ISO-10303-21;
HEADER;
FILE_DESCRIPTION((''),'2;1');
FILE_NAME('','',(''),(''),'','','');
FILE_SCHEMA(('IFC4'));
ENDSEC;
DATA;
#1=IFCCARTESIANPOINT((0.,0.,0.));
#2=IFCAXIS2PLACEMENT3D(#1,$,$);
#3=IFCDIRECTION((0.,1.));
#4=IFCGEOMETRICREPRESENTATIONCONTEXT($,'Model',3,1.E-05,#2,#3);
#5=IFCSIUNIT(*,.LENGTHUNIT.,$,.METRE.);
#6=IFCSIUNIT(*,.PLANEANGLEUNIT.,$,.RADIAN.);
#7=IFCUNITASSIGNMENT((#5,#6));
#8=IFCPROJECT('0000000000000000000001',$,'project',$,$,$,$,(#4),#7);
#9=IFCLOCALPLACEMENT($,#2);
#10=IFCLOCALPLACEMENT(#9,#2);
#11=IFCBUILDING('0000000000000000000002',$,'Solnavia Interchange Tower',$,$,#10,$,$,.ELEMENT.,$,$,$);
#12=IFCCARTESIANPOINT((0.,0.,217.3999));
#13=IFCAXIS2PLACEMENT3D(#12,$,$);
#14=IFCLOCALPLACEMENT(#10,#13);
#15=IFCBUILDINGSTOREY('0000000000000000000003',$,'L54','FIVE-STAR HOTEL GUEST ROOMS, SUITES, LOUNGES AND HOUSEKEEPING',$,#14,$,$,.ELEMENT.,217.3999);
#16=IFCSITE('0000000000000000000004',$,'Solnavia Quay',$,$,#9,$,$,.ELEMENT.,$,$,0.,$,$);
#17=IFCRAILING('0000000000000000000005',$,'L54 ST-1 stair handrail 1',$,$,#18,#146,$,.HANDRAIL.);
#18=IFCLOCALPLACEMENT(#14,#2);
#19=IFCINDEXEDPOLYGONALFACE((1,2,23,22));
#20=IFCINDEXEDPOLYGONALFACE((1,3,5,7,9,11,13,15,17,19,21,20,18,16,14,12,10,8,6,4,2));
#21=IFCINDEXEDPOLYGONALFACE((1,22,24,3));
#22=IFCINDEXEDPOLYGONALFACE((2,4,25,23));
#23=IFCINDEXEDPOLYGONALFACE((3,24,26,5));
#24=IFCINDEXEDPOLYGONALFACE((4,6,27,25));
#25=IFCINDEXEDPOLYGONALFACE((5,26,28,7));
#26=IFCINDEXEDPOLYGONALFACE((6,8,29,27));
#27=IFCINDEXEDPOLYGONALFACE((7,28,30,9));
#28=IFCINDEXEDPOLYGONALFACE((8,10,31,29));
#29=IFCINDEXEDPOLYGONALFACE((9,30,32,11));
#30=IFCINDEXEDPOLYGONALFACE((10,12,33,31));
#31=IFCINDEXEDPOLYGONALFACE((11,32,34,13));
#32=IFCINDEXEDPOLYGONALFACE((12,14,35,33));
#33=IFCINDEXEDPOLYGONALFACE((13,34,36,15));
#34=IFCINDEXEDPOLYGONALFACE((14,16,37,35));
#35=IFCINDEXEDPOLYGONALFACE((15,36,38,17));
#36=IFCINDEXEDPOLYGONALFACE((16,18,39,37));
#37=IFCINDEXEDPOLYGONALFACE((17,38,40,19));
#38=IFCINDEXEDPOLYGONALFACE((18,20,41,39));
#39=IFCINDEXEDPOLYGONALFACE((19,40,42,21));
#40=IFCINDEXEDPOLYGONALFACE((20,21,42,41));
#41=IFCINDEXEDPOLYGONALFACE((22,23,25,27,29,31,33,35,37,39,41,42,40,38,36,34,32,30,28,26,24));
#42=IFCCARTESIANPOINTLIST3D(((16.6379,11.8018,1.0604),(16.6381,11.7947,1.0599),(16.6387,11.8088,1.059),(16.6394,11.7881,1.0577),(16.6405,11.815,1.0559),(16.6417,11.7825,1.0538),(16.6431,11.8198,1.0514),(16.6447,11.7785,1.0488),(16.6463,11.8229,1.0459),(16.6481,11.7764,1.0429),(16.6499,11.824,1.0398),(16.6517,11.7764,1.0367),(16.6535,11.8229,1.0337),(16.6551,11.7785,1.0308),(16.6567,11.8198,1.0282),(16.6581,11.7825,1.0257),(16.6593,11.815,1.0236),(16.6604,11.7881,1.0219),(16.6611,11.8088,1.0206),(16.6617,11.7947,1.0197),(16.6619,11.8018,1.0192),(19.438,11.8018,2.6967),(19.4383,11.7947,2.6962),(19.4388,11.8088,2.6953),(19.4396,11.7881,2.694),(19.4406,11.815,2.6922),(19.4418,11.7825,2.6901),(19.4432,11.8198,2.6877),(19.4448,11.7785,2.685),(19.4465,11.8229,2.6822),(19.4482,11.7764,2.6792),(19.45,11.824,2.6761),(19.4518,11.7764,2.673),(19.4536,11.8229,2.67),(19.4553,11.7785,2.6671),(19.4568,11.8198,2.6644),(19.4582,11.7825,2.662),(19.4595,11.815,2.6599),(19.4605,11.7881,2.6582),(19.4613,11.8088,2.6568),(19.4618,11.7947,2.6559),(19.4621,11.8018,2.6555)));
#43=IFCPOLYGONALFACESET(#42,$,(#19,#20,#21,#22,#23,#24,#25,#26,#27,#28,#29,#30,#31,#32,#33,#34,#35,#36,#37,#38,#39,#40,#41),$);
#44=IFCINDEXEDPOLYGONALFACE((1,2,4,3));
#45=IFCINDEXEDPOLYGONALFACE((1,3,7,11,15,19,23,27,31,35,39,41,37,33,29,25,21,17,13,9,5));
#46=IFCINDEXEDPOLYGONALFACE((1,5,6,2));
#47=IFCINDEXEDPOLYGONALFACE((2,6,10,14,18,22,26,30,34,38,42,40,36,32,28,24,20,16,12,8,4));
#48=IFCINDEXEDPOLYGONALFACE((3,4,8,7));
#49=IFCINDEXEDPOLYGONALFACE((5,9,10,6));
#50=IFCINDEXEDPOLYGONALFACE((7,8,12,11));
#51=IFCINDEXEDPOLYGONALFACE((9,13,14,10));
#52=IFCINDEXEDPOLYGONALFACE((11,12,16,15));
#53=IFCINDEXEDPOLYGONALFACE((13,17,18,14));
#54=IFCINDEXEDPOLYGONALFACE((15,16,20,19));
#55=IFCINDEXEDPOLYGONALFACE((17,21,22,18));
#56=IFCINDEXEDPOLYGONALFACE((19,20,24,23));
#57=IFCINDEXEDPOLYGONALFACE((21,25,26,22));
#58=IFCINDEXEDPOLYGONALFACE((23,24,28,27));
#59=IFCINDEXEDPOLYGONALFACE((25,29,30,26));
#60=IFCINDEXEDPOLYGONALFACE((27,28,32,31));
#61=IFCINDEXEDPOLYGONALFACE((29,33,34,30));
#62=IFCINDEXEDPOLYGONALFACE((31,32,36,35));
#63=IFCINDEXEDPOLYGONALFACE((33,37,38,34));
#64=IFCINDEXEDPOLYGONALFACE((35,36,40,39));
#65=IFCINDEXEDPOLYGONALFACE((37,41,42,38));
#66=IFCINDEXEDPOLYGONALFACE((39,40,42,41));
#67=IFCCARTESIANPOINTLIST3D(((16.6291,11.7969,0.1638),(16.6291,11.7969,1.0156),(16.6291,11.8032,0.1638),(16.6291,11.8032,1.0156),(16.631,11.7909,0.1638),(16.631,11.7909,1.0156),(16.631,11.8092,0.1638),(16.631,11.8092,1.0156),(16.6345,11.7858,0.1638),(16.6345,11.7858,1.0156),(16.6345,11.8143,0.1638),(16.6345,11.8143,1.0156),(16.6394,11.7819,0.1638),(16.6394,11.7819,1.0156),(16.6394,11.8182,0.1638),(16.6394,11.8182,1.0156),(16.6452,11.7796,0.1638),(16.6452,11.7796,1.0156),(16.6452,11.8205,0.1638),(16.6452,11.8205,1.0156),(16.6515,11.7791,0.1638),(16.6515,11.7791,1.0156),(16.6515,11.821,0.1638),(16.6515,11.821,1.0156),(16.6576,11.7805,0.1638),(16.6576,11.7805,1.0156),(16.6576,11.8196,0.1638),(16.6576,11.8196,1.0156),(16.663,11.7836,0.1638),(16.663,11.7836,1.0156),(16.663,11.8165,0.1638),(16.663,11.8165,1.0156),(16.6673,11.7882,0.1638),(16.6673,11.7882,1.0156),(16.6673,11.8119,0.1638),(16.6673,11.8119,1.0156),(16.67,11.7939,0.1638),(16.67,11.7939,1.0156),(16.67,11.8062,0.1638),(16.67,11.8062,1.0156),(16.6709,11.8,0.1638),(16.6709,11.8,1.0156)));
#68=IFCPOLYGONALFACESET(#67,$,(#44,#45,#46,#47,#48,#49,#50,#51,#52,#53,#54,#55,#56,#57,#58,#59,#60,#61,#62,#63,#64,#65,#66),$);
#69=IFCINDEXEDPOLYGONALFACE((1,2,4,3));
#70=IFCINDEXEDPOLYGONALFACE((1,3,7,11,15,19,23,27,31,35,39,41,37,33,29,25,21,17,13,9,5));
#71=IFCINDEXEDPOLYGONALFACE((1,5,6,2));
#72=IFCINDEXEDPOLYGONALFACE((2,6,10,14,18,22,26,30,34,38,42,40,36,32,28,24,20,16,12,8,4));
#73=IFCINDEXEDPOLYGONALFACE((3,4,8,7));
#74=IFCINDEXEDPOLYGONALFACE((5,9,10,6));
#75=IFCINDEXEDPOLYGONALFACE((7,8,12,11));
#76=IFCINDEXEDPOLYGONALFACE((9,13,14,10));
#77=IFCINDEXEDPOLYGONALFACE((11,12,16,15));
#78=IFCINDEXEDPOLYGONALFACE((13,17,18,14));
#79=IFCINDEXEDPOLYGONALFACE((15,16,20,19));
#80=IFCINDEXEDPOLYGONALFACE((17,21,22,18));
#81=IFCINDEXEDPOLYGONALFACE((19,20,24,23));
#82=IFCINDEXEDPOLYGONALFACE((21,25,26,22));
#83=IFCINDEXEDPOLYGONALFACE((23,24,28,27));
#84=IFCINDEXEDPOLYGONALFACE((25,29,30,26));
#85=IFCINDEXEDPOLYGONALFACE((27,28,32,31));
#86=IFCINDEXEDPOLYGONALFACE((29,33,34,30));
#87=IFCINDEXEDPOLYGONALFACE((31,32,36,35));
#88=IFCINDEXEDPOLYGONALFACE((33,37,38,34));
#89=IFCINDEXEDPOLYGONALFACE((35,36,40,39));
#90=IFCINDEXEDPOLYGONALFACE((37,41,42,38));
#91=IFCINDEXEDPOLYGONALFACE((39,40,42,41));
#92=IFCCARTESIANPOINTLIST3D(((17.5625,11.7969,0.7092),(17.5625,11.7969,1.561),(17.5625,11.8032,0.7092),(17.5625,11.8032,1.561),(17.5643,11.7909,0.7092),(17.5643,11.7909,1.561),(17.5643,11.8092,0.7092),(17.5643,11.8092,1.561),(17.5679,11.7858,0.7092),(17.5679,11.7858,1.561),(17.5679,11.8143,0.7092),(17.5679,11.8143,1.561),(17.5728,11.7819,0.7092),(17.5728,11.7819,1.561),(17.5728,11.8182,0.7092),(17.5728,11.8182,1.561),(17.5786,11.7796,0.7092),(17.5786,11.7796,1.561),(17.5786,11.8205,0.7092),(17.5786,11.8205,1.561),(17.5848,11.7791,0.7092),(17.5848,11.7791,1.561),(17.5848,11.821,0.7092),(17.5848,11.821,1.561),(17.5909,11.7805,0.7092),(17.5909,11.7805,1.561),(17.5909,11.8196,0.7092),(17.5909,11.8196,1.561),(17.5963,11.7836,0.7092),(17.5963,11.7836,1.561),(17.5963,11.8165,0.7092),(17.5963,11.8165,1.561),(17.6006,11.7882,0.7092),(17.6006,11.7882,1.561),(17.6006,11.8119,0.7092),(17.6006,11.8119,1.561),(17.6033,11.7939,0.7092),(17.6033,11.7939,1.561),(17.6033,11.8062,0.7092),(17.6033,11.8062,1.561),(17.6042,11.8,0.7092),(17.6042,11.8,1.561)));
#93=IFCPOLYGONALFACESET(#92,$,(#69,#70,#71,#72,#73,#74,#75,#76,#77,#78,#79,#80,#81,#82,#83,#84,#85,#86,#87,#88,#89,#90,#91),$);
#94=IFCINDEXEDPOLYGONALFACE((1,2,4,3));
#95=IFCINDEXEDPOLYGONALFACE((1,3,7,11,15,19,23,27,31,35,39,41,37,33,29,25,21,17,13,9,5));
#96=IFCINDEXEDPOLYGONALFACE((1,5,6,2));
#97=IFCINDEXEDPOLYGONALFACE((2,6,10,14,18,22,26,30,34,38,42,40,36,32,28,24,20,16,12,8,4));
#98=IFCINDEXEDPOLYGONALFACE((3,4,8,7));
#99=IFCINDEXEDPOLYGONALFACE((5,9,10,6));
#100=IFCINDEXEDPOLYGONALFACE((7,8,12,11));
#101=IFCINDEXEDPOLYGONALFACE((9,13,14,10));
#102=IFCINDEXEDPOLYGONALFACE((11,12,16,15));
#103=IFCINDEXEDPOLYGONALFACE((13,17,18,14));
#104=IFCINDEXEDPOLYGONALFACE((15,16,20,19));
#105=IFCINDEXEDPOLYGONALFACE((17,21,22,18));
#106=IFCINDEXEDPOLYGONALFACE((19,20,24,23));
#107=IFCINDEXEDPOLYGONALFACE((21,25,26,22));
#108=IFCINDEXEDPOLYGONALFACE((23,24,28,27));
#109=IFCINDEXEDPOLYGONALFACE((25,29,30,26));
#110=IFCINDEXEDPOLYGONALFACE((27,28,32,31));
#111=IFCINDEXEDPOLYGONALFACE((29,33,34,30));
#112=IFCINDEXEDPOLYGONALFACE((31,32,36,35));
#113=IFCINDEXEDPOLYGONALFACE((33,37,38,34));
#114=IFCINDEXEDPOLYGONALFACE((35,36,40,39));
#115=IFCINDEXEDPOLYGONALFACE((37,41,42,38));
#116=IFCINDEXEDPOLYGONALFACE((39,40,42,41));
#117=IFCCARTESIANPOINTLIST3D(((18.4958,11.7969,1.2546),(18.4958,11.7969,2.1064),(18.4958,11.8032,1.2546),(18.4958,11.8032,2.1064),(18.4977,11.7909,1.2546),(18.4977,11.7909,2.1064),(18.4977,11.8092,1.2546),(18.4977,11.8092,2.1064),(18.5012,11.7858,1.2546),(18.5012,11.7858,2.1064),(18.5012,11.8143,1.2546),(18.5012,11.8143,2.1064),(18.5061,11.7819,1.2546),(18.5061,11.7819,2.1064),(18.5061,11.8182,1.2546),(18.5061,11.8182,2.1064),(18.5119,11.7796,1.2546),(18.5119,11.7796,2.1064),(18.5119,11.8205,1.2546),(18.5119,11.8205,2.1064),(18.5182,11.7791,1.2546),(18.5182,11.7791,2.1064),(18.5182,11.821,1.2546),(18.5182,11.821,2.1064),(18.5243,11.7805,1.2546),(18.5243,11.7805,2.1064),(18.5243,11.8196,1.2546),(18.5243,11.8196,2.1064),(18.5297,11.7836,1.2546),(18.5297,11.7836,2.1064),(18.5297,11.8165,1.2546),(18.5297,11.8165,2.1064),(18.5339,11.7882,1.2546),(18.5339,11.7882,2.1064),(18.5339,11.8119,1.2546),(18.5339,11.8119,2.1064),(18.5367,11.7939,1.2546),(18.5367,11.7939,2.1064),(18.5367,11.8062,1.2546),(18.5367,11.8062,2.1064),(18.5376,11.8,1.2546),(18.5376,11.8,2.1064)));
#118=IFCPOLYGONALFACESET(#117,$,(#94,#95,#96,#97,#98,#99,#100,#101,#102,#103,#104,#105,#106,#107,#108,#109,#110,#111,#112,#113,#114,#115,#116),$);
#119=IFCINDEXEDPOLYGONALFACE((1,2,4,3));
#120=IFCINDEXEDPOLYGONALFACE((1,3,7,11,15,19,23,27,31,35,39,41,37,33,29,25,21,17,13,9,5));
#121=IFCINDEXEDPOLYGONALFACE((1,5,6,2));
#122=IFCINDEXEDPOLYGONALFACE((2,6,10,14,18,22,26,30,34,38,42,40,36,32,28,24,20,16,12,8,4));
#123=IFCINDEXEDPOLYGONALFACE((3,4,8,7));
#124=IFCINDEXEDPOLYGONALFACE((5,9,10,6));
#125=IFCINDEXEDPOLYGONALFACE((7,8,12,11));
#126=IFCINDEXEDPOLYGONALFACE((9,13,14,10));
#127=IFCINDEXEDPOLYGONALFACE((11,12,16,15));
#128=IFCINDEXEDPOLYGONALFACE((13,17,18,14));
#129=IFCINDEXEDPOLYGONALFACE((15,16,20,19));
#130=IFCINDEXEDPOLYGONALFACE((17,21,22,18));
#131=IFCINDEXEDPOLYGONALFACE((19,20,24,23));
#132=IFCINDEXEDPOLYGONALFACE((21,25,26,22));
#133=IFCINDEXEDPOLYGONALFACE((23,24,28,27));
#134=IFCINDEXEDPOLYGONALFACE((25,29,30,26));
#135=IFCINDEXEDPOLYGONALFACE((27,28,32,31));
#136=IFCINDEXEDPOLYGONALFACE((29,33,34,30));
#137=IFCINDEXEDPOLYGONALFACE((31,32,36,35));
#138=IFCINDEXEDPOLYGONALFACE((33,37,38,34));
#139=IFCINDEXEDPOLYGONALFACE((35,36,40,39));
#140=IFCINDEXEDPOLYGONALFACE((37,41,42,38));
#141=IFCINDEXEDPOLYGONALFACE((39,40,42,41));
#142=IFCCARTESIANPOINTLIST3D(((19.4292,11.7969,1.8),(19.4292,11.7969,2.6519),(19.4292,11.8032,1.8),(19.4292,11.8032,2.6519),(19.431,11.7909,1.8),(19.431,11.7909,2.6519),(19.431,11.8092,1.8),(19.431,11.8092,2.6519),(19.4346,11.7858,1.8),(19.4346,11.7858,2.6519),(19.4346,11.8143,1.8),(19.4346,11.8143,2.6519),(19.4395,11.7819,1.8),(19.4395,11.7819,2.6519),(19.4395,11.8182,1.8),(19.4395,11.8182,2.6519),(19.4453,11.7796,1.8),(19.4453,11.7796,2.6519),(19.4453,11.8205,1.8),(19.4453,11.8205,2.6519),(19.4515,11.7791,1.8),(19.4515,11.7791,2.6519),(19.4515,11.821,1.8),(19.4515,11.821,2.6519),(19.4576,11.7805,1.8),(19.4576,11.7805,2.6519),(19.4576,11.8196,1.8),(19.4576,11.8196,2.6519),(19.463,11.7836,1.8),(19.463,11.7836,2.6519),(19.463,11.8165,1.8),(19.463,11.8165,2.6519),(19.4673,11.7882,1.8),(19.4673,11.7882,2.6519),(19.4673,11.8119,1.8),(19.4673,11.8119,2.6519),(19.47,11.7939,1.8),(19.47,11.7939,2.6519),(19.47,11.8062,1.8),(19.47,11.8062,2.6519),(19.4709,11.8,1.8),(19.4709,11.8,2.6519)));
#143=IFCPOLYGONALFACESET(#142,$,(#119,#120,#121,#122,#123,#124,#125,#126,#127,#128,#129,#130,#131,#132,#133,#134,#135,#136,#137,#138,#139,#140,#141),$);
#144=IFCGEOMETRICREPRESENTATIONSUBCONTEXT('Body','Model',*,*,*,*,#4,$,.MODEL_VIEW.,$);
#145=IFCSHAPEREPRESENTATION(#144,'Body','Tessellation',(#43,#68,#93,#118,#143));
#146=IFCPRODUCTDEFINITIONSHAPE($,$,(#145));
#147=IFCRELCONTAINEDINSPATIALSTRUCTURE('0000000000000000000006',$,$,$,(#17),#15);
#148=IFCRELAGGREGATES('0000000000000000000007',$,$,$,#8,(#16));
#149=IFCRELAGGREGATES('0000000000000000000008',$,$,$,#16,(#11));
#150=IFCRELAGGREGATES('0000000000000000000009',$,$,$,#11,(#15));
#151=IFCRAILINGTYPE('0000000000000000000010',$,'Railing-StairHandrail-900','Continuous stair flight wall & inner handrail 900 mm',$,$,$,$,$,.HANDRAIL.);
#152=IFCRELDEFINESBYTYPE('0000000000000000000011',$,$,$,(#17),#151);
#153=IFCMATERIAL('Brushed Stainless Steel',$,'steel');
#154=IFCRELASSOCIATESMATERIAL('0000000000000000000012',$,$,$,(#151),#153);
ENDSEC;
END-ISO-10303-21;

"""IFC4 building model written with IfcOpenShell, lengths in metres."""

from ifc_helpers import new_model, si_unit, direction, frame, origin, origin_2d, place, context, subcontext, project, spatial, circle, extrude, material, type_object, element, save


model = new_model("IFC4")

# Units and contexts
model_context = context("Model", 3, precision=1e-05, world=origin(), true_north=direction((0.0, 1.0)))
body_context = subcontext(model_context, "Body", "Model", "MODEL_VIEW")
ifc_project = project(units=[si_unit("LENGTHUNIT", "METRE"), si_unit("PLANEANGLEUNIT", "RADIAN")], contexts=[model_context])

# Site, building, storey
site_placement = place(None, origin())
site = spatial("IfcSite", under=ifc_project, at=site_placement, Name="Solnavia Quay", CompositionType="ELEMENT", RefElevation=0.0)
building_placement = place(site_placement, origin())
building = spatial("IfcBuilding", under=site, at=building_placement, Name="Solnavia Interchange Tower", CompositionType="ELEMENT")
storey_placement = place(building_placement, frame((0.0, 0.0, 217.3999)))
storey = spatial("IfcBuildingStorey", under=building, at=storey_placement, Name="L54", Description="FIVE-STAR HOTEL GUEST ROOMS, SUITES, LOUNGES AND HOUSEKEEPING", CompositionType="ELEMENT", Elevation=217.3999)

# Railing
ifc_material_1 = material(Name="Brushed Stainless Steel", Category="steel")
railing_type_1 = type_object("IfcRailingType", Name="Railing-StairHandrail-900", Description="Continuous stair flight wall & inner handrail 900 mm", PredefinedType="HANDRAIL", material=ifc_material_1)
railing_1_placement = place(storey_placement, frame((16.6499, 11.8, 0.1638)))
element("IfcRailing", 1, at=railing_1_placement, inside=storey, type_object=railing_type_1, Name="L54 ST-1 stair handrail 1", PredefinedType="HANDRAIL", context=body_context, shape_type="SweptSolid", body=[
    extrude(circle(Radius=0.0239, at=origin_2d()), frame((0.0, 0.0, 0.876), z_axis=(0.863394, 0.0, 0.504531), x_axis=(0.0, 1.0, 0.0)), (0.0, 0.0, 1.0), 3.2432),
    extrude(circle(Radius=0.021, at=origin_2d()), origin(), (0.0, 0.0, 1.0), 0.8518),
    extrude(circle(Radius=0.021, at=origin_2d()), frame((0.9333, 0.0, 0.5454)), (0.0, 0.0, 1.0), 0.8518),
    extrude(circle(Radius=0.021, at=origin_2d()), frame((1.8667, 0.0, 1.0908)), (0.0, 0.0, 1.0), 0.8518),
    extrude(circle(Radius=0.021, at=origin_2d()), frame((2.8, 0.0, 1.6362)), (0.0, 0.0, 1.0), 0.8518),
])

save(model, "model.ifc")
